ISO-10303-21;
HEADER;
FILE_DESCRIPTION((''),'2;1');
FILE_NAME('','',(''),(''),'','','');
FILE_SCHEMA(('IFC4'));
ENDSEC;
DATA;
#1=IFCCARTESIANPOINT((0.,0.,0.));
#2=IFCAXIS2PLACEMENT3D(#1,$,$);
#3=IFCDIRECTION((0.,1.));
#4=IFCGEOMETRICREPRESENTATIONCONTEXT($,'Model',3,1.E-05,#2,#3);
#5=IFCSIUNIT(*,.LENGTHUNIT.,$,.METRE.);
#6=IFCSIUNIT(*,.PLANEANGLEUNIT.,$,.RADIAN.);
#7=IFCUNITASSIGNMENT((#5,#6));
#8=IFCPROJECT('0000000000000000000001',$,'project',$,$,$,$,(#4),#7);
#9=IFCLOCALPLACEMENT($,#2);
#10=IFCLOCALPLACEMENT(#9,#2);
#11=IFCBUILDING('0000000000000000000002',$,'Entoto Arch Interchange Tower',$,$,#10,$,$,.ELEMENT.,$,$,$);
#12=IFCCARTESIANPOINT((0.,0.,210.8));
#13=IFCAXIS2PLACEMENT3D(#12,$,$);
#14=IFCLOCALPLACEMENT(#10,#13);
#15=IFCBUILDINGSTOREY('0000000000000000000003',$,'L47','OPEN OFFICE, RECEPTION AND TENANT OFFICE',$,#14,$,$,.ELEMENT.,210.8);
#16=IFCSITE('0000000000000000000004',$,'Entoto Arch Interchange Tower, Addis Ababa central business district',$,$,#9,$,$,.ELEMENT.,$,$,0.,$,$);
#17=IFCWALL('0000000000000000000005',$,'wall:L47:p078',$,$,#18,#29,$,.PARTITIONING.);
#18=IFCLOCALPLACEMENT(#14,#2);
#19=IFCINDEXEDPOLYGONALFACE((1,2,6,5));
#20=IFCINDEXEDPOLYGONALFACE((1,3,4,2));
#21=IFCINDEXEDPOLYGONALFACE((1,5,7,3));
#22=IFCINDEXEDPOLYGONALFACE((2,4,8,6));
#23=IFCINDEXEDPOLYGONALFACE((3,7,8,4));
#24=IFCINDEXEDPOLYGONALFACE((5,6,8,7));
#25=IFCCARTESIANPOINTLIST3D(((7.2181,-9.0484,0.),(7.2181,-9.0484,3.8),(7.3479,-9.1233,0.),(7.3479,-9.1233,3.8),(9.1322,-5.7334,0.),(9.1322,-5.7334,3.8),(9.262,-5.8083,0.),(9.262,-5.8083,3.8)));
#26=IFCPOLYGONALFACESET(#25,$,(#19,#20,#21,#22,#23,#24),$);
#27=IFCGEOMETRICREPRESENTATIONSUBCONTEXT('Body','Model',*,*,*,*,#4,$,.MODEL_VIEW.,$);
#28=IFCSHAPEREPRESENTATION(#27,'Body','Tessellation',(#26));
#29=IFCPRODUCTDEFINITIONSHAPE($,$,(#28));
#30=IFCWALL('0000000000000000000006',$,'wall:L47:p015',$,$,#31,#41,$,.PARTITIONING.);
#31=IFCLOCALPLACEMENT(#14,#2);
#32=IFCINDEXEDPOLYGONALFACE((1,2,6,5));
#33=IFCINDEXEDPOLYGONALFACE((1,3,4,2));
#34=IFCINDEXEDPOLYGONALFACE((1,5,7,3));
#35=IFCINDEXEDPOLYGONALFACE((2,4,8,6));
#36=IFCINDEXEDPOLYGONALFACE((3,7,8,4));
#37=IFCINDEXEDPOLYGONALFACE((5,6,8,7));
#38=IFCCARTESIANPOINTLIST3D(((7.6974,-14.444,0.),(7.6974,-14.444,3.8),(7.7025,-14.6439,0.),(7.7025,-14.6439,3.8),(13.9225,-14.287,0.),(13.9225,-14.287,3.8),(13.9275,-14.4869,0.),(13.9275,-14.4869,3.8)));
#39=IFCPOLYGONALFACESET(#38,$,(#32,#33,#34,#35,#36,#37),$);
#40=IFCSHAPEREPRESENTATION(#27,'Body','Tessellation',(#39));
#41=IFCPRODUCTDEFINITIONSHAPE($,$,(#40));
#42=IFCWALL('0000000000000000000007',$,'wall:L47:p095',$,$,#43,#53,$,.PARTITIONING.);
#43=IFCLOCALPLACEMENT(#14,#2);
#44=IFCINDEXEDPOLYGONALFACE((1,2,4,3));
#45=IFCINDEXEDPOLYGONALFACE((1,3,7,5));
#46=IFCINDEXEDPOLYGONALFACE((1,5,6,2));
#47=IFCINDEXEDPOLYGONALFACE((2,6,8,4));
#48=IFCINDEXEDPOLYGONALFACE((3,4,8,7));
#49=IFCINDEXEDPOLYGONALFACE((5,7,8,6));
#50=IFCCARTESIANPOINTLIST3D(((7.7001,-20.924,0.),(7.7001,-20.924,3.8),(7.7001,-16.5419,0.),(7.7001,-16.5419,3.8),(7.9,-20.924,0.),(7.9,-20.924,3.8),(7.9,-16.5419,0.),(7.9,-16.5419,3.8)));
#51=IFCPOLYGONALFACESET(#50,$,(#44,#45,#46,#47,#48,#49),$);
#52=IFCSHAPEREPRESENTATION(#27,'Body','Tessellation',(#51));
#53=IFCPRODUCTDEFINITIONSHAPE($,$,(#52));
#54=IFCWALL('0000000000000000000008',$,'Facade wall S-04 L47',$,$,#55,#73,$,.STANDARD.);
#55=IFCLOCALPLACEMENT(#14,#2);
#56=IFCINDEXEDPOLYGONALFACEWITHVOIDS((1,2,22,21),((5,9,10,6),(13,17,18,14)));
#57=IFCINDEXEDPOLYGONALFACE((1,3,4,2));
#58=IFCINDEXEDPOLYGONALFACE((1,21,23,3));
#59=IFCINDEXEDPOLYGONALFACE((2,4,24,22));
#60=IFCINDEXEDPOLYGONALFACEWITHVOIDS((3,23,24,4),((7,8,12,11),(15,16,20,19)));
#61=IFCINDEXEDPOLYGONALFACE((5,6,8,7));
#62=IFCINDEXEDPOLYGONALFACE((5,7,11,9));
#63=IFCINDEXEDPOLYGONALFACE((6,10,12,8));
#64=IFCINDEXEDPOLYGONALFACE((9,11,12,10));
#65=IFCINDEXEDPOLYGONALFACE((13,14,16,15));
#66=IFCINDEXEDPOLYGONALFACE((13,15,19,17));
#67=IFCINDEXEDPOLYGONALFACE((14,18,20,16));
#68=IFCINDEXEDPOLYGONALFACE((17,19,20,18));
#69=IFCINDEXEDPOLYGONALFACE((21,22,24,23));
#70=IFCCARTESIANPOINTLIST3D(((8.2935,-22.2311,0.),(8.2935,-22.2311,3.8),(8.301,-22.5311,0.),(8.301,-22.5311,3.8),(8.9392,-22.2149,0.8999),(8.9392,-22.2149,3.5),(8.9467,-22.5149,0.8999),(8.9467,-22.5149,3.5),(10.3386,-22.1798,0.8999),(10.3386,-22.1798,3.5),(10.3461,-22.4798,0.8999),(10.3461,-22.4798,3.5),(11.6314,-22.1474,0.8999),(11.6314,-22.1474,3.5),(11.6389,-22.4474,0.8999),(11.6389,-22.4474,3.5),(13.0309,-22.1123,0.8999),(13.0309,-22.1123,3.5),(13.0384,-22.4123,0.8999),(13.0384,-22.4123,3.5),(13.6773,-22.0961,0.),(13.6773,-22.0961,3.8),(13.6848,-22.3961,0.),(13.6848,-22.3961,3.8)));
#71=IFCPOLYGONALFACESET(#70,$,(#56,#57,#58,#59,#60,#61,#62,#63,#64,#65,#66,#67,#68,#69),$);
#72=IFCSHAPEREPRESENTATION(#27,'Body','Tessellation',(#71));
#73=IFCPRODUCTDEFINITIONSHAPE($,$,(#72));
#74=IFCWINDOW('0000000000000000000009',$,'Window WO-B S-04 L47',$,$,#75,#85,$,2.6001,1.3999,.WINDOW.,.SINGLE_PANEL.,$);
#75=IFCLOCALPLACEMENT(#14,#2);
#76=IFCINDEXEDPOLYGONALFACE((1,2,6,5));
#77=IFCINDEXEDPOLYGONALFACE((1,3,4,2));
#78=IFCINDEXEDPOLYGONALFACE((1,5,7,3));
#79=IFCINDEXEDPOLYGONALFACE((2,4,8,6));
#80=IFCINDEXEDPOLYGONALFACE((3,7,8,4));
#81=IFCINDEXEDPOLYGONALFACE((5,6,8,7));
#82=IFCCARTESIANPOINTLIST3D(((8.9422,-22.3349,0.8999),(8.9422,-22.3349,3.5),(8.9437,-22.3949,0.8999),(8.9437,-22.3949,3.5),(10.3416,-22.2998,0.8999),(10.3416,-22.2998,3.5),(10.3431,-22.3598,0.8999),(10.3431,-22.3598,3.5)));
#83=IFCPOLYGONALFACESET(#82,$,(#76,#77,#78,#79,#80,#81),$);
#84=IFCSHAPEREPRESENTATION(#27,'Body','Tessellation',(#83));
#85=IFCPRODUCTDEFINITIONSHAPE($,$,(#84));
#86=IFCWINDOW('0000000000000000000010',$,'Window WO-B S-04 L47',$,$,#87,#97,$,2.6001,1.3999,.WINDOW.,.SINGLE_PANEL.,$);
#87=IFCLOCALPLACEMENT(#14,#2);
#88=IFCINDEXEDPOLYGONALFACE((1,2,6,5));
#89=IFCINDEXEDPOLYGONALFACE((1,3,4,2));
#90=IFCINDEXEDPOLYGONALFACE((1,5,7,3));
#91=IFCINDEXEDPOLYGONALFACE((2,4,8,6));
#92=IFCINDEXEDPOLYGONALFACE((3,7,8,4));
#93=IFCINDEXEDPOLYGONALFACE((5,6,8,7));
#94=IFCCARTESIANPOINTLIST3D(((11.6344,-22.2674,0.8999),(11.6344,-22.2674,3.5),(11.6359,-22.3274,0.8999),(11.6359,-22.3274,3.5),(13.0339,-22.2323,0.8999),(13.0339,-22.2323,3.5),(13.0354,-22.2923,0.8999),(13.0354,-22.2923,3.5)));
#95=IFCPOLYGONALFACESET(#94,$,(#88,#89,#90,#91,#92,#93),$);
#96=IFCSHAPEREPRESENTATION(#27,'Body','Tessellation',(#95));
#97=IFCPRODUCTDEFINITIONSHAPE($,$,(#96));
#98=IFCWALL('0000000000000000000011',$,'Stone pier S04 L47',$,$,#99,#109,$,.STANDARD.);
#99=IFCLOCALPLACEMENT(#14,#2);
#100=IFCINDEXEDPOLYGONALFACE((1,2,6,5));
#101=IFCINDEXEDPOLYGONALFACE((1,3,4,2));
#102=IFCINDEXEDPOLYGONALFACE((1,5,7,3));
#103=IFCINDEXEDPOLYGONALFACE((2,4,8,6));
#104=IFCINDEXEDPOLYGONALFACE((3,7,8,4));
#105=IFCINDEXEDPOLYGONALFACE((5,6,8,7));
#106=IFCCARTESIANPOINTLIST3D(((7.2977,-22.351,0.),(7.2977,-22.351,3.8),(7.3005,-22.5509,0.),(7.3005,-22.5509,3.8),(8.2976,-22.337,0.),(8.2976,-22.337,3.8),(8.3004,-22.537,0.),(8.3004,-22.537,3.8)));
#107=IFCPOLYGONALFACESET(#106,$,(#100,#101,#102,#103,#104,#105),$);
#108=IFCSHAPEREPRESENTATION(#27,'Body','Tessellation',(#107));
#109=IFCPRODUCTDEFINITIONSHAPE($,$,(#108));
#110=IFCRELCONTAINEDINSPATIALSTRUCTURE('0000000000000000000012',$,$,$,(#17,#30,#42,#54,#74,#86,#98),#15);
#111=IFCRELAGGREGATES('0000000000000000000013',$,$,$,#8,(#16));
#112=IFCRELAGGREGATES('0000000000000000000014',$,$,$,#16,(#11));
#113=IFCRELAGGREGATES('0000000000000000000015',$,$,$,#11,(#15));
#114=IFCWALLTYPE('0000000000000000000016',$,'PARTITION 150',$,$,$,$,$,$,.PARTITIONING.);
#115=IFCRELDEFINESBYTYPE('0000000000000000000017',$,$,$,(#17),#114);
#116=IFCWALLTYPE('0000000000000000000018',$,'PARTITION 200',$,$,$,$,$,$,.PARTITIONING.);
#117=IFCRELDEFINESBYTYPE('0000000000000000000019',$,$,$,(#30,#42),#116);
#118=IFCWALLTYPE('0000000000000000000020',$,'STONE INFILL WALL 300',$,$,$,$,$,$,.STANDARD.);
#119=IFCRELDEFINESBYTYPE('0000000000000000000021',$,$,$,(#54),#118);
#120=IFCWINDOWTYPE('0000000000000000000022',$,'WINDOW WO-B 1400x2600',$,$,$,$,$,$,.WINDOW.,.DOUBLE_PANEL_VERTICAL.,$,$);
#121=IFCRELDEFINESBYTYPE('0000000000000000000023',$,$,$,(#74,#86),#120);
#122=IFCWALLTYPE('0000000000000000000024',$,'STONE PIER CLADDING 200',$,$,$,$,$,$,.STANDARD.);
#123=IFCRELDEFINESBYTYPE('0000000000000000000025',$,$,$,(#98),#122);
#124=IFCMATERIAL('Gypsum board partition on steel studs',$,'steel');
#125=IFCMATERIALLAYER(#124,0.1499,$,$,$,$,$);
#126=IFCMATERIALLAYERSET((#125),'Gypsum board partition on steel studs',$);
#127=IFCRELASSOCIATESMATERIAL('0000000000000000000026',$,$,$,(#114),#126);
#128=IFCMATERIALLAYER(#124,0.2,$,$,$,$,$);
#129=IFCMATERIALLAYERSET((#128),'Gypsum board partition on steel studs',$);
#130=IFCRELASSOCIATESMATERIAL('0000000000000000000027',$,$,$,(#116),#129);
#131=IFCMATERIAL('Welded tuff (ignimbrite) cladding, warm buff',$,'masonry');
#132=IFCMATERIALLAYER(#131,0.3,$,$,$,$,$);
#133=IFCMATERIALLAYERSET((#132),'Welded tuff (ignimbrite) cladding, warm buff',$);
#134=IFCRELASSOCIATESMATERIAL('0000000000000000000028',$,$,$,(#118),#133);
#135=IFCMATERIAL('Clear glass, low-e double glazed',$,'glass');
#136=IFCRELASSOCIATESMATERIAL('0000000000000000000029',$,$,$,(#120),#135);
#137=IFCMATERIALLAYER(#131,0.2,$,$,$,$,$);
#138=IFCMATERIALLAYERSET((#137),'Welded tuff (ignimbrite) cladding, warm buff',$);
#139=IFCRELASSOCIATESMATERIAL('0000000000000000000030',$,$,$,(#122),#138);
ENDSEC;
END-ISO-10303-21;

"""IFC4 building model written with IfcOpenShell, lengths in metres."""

from ifc_helpers import new_model, si_unit, direction, frame, frame_2d, origin, place, context, subcontext, project, spatial, rectangle, extrude, material, layer, layer_set, type_object, element, fill, save


model = new_model("IFC4")

# Units and contexts
model_context = context("Model", 3, precision=1e-05, world=origin(), true_north=direction((0.0, 1.0)))
body_context = subcontext(model_context, "Body", "Model", "MODEL_VIEW")
ifc_project = project(units=[si_unit("LENGTHUNIT", "METRE"), si_unit("PLANEANGLEUNIT", "RADIAN")], contexts=[model_context])

# Site, building, storey
site_placement = place(None, origin())
site = spatial("IfcSite", under=ifc_project, at=site_placement, Name="Entoto Arch Interchange Tower, Addis Ababa central business district", CompositionType="ELEMENT", RefElevation=0.0)
building_placement = place(site_placement, origin())
building = spatial("IfcBuilding", under=site, at=building_placement, Name="Entoto Arch Interchange Tower", CompositionType="ELEMENT")
storey_placement = place(building_placement, frame((0.0, 0.0, 210.8)))
storey = spatial("IfcBuildingStorey", under=building, at=storey_placement, Name="L47", Description="OPEN OFFICE, RECEPTION AND TENANT OFFICE", CompositionType="ELEMENT", Elevation=210.8)

# Shared definitions
ifc_material_1 = material(Name="Clear glass, low-e double glazed", Category="glass")

# Walls
ifc_material_2 = material(Name="Gypsum board partition on steel studs", Category="steel")
ifc_layer_1 = layer(ifc_material_2, 0.1499)
ifc_layer_set_1 = layer_set([ifc_layer_1], Name="Gypsum board partition on steel studs")
wall_type_1 = type_object("IfcWallType", Name="PARTITION 150", PredefinedType="PARTITIONING", material=ifc_layer_set_1)
wall_1_placement = place(storey_placement, frame((7.283, -9.0859, 0.0), z_axis=(0.0, 0.0, 1.0), x_axis=(0.500035, 0.866005, 0.0)))
element("IfcWall", 1, at=wall_1_placement, inside=storey, type_object=wall_type_1, Name="wall:L47:p078", PredefinedType="PARTITIONING", context=body_context, shape_type="SweptSolid", body=[
    extrude(rectangle(XDim=3.8279, YDim=0.1499, at=frame_2d((1.9141, 0.0))), origin(), (0.0, 0.0, 1.0), 3.8),
])
ifc_layer_2 = layer(ifc_material_2, 0.2)
ifc_layer_set_2 = layer_set([ifc_layer_2], Name="Gypsum board partition on steel studs")
wall_type_2 = type_object("IfcWallType", Name="PARTITION 200", PredefinedType="PARTITIONING", material=ifc_layer_set_2)
wall_2_placement = place(storey_placement, frame((7.7, -14.5439, 0.0), z_axis=(0.0, 0.0, 1.0), x_axis=(0.999682, 0.02521, 0.0)))
element("IfcWall", 2, at=wall_2_placement, inside=storey, type_object=wall_type_2, Name="wall:L47:p015", PredefinedType="PARTITIONING", context=body_context, shape_type="SweptSolid", body=[
    extrude(rectangle(XDim=6.2271, YDim=0.2, at=frame_2d((3.1135, 0.0))), origin(), (0.0, 0.0, 1.0), 3.8),
])
wall_3_placement = place(storey_placement, frame((7.8, -16.542, 0.0), z_axis=(0.0, 0.0, 1.0), x_axis=(0.0, -1.0, 0.0)))
element("IfcWall", 3, at=wall_3_placement, inside=storey, type_object=wall_type_2, Name="wall:L47:p095", PredefinedType="PARTITIONING", context=body_context, shape_type="SweptSolid", body=[
    extrude(rectangle(XDim=4.3821, YDim=0.2, at=frame_2d((2.1909, 0.0))), origin(), (0.0, 0.0, 1.0), 3.8),
])

# Wall, openings, windows
ifc_material_3 = material(Name="Welded tuff (ignimbrite) cladding, warm buff", Category="masonry")
ifc_layer_3 = layer(ifc_material_3, 0.3)
ifc_layer_set_3 = layer_set([ifc_layer_3], Name="Welded tuff (ignimbrite) cladding, warm buff")
wall_type_3 = type_object("IfcWallType", Name="STONE INFILL WALL 300", PredefinedType="STANDARD", material=ifc_layer_set_3)
wall_4_placement = place(storey_placement, frame((8.2971, -22.3811, 0.0), z_axis=(0.0, 0.0, 1.0), x_axis=(0.999686, 0.025069, 0.0)))
wall_4 = element("IfcWall", 4, at=wall_4_placement, inside=storey, type_object=wall_type_3, Name="Facade wall S-04 L47", PredefinedType="STANDARD", context=body_context, shape_type="SweptSolid", body=[
    extrude(rectangle(XDim=5.3855, YDim=0.3, at=frame_2d((2.6929, 0.0))), origin(), (0.0, 0.0, 1.0), 3.8),
])
opening_1_placement = place(wall_4_placement, frame((0.646, 0.0, 0.8999)))
opening_1 = element("IfcOpeningElement", 5, at=opening_1_placement, cuts=wall_4, PredefinedType="OPENING", context=body_context, shape_type="SweptSolid", body=[
    extrude(rectangle(XDim=1.3999, YDim=2.6001, at=frame_2d((0.7, 1.3))), frame((0.0, 0.1602, 0.0), z_axis=(0.0, -1.0, 0.0), x_axis=(1.0, 0.0, 0.0)), (0.0, 0.0, 1.0), 0.3201),
])
opening_2_placement = place(wall_4_placement, frame((3.3391, 0.0, 0.8999)))
opening_2 = element("IfcOpeningElement", 6, at=opening_2_placement, cuts=wall_4, PredefinedType="OPENING", context=body_context, shape_type="SweptSolid", body=[
    extrude(rectangle(XDim=1.3999, YDim=2.6001, at=frame_2d((0.7, 1.3))), frame((0.0, 0.1602, 0.0), z_axis=(0.0, -1.0, 0.0), x_axis=(1.0, 0.0, 0.0)), (0.0, 0.0, 1.0), 0.3201),
])
window_type = type_object("IfcWindowType", Name="WINDOW WO-B 1400x2600", PartitioningType="DOUBLE_PANEL_VERTICAL", PredefinedType="WINDOW", material=ifc_material_1)
window_1_placement = place(opening_1_placement, origin())
window_1 = element("IfcWindow", 7, at=window_1_placement, inside=storey, type_object=window_type, Name="Window WO-B S-04 L47", OverallHeight=2.6001, OverallWidth=1.3999, PartitioningType="SINGLE_PANEL", PredefinedType="WINDOW", context=body_context, shape_type="SweptSolid", body=[
    extrude(rectangle(XDim=1.3999, YDim=2.6001, at=frame_2d((0.7, 1.3))), frame((0.0, 0.03, 0.0), z_axis=(0.0, -1.0, 0.0), x_axis=(1.0, 0.0, 0.0)), (0.0, 0.0, 1.0), 0.0601),
])
fill(opening_1, window_1)
window_2_placement = place(opening_2_placement, origin())
window_2 = element("IfcWindow", 8, at=window_2_placement, inside=storey, type_object=window_type, Name="Window WO-B S-04 L47", OverallHeight=2.6001, OverallWidth=1.3999, PartitioningType="SINGLE_PANEL", PredefinedType="WINDOW", context=body_context, shape_type="SweptSolid", body=[
    extrude(rectangle(XDim=1.3999, YDim=2.6001, at=frame_2d((0.7, 1.3))), frame((0.0, 0.03, 0.0), z_axis=(0.0, -1.0, 0.0), x_axis=(1.0, 0.0, 0.0)), (0.0, 0.0, 1.0), 0.0601),
])
fill(opening_2, window_2)

# Wall
ifc_layer_4 = layer(ifc_material_3, 0.2)
ifc_layer_set_4 = layer_set([ifc_layer_4], Name="Welded tuff (ignimbrite) cladding, warm buff")
wall_type_4 = type_object("IfcWallType", Name="STONE PIER CLADDING 200", PredefinedType="STANDARD", material=ifc_layer_set_4)
wall_5_placement = place(storey_placement, frame((7.2991, -22.4509, 0.0), z_axis=(0.0, 0.0, 1.0), x_axis=(0.999903, 0.013915, 0.0)))
element("IfcWall", 9, at=wall_5_placement, inside=storey, type_object=wall_type_4, Name="Stone pier S04 L47", PredefinedType="STANDARD", context=body_context, shape_type="SweptSolid", body=[
    extrude(rectangle(XDim=1.0, YDim=0.2, at=frame_2d((0.5, 0.0))), origin(), (0.0, 0.0, 1.0), 3.8),
])

save(model, "model.ifc")
